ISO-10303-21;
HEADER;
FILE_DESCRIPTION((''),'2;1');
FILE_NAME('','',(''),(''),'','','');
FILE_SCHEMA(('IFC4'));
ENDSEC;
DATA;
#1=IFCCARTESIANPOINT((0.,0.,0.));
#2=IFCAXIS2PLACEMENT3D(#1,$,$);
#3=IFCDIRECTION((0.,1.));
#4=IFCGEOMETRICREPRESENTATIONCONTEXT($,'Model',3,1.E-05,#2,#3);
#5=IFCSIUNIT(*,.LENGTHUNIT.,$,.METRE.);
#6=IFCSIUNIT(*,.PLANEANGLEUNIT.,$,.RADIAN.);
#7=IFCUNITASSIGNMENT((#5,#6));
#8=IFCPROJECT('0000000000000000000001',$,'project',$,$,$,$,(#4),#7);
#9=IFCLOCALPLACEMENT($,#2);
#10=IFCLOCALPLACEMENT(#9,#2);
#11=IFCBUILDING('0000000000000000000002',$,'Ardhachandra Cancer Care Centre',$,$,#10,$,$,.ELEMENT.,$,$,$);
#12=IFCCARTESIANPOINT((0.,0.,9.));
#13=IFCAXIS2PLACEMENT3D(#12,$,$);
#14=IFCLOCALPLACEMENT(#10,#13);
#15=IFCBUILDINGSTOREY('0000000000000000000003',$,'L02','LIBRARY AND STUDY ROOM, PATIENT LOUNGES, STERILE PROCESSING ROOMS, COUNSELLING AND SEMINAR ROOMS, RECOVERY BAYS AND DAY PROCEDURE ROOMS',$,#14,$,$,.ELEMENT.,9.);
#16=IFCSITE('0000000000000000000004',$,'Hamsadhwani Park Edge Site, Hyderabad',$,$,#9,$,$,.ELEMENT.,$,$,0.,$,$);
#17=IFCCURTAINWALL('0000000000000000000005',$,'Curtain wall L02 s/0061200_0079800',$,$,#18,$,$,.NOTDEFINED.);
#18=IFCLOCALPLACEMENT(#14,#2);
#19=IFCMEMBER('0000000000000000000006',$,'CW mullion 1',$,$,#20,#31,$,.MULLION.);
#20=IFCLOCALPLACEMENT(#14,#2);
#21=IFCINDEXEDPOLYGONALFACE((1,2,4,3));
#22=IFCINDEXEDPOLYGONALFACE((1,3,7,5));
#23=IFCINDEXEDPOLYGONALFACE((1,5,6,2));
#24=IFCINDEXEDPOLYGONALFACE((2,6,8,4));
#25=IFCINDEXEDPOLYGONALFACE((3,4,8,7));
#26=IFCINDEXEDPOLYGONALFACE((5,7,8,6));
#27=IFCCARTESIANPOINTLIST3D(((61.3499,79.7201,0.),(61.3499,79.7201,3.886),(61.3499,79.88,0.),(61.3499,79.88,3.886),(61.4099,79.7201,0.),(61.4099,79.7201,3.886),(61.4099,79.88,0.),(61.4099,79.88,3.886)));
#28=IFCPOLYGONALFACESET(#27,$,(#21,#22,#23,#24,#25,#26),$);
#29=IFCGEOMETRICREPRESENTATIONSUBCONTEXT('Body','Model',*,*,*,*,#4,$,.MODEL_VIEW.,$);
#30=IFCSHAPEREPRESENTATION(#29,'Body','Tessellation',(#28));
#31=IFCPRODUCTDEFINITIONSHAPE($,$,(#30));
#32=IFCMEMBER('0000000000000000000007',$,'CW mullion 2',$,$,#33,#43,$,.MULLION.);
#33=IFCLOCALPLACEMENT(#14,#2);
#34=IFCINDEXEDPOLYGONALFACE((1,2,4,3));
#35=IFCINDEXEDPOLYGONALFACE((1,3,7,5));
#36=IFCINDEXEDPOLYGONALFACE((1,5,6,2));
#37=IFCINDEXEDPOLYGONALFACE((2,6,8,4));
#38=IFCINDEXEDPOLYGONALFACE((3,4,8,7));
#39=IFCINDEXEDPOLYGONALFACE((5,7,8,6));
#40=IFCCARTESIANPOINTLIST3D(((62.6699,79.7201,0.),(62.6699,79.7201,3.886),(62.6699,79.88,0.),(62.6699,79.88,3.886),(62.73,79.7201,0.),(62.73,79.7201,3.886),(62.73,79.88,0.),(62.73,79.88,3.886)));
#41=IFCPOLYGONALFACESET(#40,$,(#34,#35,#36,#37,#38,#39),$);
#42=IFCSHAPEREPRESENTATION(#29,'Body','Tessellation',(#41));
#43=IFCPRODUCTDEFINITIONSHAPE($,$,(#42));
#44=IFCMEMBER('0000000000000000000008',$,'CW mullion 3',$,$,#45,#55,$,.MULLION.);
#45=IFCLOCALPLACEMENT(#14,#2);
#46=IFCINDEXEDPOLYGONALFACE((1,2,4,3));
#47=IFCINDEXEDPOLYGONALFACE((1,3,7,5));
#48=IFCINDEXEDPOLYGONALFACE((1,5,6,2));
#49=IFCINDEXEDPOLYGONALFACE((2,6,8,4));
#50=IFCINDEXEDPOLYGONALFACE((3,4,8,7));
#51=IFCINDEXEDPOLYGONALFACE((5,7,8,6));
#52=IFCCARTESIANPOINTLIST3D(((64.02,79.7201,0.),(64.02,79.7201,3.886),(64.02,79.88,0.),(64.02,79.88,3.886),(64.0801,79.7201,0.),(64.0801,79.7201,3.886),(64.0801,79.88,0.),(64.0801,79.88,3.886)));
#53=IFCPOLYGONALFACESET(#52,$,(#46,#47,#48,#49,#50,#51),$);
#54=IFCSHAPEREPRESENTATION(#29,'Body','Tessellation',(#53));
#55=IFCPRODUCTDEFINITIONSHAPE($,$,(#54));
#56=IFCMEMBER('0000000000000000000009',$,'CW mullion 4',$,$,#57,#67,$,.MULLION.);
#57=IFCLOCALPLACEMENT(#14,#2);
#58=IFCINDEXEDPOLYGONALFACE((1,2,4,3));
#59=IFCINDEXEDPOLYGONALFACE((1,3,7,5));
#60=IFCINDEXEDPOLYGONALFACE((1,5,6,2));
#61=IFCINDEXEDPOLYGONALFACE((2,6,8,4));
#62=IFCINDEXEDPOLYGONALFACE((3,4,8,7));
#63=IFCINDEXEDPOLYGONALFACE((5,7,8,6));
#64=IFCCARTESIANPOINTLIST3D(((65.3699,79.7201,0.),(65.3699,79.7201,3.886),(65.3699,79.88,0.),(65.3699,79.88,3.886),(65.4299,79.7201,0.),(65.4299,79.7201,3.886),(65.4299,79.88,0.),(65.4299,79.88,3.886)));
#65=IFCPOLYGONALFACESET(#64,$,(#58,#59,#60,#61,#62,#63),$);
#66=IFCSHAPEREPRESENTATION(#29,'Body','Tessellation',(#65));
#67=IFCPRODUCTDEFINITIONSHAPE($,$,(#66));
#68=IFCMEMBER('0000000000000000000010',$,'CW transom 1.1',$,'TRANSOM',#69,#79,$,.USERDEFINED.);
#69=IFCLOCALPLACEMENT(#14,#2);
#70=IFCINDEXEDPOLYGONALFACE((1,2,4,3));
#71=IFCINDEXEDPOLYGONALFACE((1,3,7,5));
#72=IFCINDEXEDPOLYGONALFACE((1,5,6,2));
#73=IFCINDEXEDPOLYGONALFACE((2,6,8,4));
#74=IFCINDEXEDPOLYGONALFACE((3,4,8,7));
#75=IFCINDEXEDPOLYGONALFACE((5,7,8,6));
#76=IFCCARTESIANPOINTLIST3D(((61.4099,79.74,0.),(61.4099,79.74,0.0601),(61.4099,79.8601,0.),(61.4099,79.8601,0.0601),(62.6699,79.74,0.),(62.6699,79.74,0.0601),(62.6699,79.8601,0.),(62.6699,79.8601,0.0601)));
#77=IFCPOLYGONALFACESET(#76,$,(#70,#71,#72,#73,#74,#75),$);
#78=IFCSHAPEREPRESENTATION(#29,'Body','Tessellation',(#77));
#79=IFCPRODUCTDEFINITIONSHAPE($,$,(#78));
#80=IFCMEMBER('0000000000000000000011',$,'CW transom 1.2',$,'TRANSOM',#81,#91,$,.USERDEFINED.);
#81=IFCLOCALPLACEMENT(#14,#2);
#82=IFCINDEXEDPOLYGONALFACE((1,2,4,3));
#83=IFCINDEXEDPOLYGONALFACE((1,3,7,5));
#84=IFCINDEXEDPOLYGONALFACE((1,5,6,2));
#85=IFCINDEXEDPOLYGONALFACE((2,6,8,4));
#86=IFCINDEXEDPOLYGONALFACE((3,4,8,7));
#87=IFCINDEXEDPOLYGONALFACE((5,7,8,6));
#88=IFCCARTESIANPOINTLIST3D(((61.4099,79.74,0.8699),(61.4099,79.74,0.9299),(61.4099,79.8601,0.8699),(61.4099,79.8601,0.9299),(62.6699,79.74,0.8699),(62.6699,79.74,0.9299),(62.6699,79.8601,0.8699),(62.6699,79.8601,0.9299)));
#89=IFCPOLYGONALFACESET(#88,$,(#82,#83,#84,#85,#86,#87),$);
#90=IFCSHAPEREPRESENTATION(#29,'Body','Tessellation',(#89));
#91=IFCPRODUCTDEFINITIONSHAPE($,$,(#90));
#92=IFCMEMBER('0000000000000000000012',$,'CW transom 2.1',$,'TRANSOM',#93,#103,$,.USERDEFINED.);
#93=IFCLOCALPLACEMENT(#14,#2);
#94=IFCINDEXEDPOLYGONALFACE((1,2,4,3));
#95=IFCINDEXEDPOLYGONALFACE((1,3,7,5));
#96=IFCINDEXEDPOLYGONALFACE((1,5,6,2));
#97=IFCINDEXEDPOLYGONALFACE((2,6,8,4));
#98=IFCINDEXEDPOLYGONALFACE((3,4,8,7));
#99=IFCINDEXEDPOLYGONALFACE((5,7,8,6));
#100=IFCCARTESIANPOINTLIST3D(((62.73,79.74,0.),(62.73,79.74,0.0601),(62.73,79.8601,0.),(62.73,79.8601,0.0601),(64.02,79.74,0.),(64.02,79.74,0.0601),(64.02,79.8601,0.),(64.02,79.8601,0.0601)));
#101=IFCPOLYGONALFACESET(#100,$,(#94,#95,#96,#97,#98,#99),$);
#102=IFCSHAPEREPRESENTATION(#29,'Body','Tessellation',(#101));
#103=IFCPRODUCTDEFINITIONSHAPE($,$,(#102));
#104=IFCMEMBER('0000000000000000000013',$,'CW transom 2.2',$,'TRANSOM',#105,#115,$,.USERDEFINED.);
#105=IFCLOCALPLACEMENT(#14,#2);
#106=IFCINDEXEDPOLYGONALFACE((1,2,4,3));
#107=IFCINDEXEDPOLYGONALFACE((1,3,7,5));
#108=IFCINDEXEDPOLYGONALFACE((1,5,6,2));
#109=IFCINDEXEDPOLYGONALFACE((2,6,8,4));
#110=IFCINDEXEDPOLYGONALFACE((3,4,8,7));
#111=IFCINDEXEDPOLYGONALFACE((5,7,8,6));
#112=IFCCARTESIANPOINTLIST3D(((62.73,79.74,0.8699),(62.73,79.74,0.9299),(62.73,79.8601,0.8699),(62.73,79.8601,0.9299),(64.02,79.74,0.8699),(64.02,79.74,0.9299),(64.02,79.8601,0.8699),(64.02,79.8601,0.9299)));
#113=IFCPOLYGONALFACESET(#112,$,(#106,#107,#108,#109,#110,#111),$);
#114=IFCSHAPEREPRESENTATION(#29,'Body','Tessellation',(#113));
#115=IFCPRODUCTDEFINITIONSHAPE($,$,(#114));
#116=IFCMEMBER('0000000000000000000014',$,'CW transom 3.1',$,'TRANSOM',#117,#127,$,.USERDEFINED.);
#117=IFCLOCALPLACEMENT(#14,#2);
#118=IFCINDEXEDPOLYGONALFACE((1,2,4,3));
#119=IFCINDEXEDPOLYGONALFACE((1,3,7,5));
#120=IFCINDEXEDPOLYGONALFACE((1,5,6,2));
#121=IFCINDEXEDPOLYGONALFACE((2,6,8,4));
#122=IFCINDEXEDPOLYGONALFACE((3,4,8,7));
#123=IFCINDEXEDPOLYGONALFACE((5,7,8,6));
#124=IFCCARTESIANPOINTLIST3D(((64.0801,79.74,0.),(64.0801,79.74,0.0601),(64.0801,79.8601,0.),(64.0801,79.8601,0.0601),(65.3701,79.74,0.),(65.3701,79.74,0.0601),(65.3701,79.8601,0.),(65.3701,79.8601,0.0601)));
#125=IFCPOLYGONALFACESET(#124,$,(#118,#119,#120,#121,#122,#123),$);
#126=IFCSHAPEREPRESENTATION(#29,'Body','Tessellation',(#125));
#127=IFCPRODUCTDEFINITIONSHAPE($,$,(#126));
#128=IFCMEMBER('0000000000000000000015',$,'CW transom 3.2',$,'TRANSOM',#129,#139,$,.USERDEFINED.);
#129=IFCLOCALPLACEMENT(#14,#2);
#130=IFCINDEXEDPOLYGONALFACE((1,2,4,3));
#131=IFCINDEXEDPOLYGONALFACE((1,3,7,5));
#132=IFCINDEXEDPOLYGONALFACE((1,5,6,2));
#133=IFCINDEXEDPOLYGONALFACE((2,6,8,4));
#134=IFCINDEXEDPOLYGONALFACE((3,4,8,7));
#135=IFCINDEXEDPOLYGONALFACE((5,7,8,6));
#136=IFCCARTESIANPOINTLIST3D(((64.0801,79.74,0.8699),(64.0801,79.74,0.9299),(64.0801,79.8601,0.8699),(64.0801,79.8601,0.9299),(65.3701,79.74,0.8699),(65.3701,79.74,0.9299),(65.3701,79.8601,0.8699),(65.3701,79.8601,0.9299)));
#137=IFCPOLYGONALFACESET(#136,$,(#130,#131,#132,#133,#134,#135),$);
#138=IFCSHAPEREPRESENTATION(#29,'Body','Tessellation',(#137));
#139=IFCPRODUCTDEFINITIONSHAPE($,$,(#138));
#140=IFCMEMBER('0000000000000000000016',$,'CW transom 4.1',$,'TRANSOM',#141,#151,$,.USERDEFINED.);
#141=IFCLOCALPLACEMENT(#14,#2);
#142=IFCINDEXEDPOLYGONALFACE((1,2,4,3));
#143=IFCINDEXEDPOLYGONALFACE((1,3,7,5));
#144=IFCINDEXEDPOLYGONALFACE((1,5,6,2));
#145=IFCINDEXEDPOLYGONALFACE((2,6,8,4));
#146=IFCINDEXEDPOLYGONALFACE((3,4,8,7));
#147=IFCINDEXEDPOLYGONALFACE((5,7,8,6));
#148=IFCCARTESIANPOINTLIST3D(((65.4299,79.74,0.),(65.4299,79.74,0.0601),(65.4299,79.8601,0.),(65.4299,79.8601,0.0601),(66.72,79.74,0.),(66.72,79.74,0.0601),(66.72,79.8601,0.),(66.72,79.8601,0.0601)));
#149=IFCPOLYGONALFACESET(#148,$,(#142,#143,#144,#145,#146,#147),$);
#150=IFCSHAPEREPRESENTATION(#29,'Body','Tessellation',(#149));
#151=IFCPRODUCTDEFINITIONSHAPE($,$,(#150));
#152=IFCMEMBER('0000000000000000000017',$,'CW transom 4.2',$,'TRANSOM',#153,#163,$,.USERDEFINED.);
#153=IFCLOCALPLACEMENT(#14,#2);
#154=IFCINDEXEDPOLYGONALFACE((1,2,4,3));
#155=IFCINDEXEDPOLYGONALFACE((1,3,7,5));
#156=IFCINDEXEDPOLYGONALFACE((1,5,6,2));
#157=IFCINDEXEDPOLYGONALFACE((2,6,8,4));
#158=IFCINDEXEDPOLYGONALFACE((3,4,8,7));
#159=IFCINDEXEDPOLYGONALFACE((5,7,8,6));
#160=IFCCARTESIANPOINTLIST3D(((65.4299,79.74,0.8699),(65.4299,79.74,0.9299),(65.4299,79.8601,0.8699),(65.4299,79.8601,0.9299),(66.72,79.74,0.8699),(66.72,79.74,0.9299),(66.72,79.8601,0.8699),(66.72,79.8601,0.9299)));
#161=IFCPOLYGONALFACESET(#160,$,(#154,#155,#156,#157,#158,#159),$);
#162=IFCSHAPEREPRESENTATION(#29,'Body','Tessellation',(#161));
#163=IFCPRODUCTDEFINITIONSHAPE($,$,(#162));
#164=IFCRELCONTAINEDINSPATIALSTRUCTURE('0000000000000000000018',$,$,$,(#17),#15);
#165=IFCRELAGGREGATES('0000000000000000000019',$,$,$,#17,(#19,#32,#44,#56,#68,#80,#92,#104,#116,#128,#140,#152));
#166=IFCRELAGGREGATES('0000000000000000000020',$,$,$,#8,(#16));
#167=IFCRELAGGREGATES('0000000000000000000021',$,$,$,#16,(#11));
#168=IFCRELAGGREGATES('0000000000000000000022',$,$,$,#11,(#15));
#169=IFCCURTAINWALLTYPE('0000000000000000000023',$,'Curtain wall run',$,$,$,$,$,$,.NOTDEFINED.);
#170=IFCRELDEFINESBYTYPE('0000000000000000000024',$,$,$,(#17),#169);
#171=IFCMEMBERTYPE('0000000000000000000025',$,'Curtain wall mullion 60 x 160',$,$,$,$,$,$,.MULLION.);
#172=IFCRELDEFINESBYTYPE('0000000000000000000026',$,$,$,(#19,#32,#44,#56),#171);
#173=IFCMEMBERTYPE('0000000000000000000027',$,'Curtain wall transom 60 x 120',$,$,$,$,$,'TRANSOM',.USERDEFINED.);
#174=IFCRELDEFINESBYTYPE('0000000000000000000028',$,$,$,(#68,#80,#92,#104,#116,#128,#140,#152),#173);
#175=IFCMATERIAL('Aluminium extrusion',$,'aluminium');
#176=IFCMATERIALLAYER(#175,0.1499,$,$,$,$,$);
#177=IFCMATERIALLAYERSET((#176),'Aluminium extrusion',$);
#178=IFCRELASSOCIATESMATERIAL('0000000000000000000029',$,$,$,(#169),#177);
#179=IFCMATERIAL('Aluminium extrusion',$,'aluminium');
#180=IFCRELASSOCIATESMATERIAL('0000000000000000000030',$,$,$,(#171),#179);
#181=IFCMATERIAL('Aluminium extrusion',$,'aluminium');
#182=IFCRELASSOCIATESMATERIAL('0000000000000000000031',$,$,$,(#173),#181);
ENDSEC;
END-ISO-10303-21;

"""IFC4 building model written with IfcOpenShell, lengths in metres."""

from ifc_helpers import new_model, si_unit, direction, frame, origin, origin_2d, place, context, subcontext, project, spatial, rectangle, extrude, material, layer, layer_set, material_profile, profile_set, type_object, element, aggregate, save


model = new_model("IFC4")

# Units and contexts
model_context = context("Model", 3, precision=1e-05, world=origin(), true_north=direction((0.0, 1.0)))
body_context = subcontext(model_context, "Body", "Model", "MODEL_VIEW")
ifc_project = project(units=[si_unit("LENGTHUNIT", "METRE"), si_unit("PLANEANGLEUNIT", "RADIAN")], contexts=[model_context])

# Site, building, storey
site_placement = place(None, origin())
site = spatial("IfcSite", under=ifc_project, at=site_placement, Name="Hamsadhwani Park Edge Site, Hyderabad", CompositionType="ELEMENT", RefElevation=0.0)
building_placement = place(site_placement, origin())
building = spatial("IfcBuilding", under=site, at=building_placement, Name="Ardhachandra Cancer Care Centre", CompositionType="ELEMENT")
storey_placement = place(building_placement, frame((0.0, 0.0, 9.0)))
storey = spatial("IfcBuildingStorey", under=building, at=storey_placement, Name="L02", Description="LIBRARY AND STUDY ROOM, PATIENT LOUNGES, STERILE PROCESSING ROOMS, COUNSELLING AND SEMINAR ROOMS, RECOVERY BAYS AND DAY PROCEDURE ROOMS", CompositionType="ELEMENT", Elevation=9.0)

# Curtain wall, members
ifc_material_1 = material(Name="Aluminium extrusion", Category="aluminium")
ifc_layer_1 = layer(ifc_material_1, 0.1499)
ifc_layer_set_1 = layer_set([ifc_layer_1], Name="Aluminium extrusion")
curtain_wall_type = type_object("IfcCurtainWallType", Name="Curtain wall run", PredefinedType="NOTDEFINED", material=ifc_layer_set_1)
curtain_wall_placement = place(storey_placement, origin())
curtain_wall = element("IfcCurtainWall", 1, at=curtain_wall_placement, inside=storey, type_object=curtain_wall_type, Name="Curtain wall L02 s/0061200_0079800", PredefinedType="NOTDEFINED")
ifc_material_2 = material(Name="Aluminium extrusion", Category="aluminium")
ifc_material_profile_1 = material_profile(ifc_material_2, rectangle(XDim=0.1599, YDim=0.0601, at=origin_2d()), Name="Curtain wall mullion 60 x 160")
ifc_profile_set_1 = profile_set([ifc_material_profile_1], Name="Aluminium extrusion")
member_type_1 = type_object("IfcMemberType", Name="Curtain wall mullion 60 x 160", PredefinedType="MULLION", material=ifc_profile_set_1)
member_1_placement = place(storey_placement, frame((61.3799, 79.8, 0.0), z_axis=(0.0, 0.0, 1.0), x_axis=(0.0, 1.0, 0.0)))
member_1 = element("IfcMember", 2, at=member_1_placement, type_object=member_type_1, Name="CW mullion 1", PredefinedType="MULLION", context=body_context, shape_type="SweptSolid", body=[
    extrude(rectangle(XDim=0.1599, YDim=0.0601, at=origin_2d()), origin(), (0.0, 0.0, 1.0), 3.886),
])
member_2_placement = place(storey_placement, frame((62.7, 79.8, 0.0), z_axis=(0.0, 0.0, 1.0), x_axis=(0.0, 1.0, 0.0)))
member_2 = element("IfcMember", 3, at=member_2_placement, type_object=member_type_1, Name="CW mullion 2", PredefinedType="MULLION", context=body_context, shape_type="SweptSolid", body=[
    extrude(rectangle(XDim=0.1599, YDim=0.0601, at=origin_2d()), origin(), (0.0, 0.0, 1.0), 3.886),
])
member_3_placement = place(storey_placement, frame((64.05, 79.8, 0.0), z_axis=(0.0, 0.0, 1.0), x_axis=(0.0, 1.0, 0.0)))
member_3 = element("IfcMember", 4, at=member_3_placement, type_object=member_type_1, Name="CW mullion 3", PredefinedType="MULLION", context=body_context, shape_type="SweptSolid", body=[
    extrude(rectangle(XDim=0.1599, YDim=0.0601, at=origin_2d()), origin(), (0.0, 0.0, 1.0), 3.886),
])
member_4_placement = place(storey_placement, frame((65.3999, 79.8, 0.0), z_axis=(0.0, 0.0, 1.0), x_axis=(0.0, 1.0, 0.0)))
member_4 = element("IfcMember", 5, at=member_4_placement, type_object=member_type_1, Name="CW mullion 4", PredefinedType="MULLION", context=body_context, shape_type="SweptSolid", body=[
    extrude(rectangle(XDim=0.1599, YDim=0.0601, at=origin_2d()), origin(), (0.0, 0.0, 1.0), 3.886),
])
ifc_material_3 = material(Name="Aluminium extrusion", Category="aluminium")
ifc_material_profile_2 = material_profile(ifc_material_3, rectangle(XDim=0.1201, YDim=0.0601, at=origin_2d()), Name="Curtain wall transom 60 x 120")
ifc_profile_set_2 = profile_set([ifc_material_profile_2], Name="Aluminium extrusion")
member_type_2 = type_object("IfcMemberType", Name="Curtain wall transom 60 x 120", ElementType="TRANSOM", PredefinedType="USERDEFINED", material=ifc_profile_set_2)
member_5_placement = place(storey_placement, frame((61.4099, 79.8, 0.03), z_axis=(1.0, 0.0, 0.0), x_axis=(0.0, 1.0, 0.0)))
member_5 = element("IfcMember", 6, at=member_5_placement, type_object=member_type_2, Name="CW transom 1.1", ObjectType="TRANSOM", PredefinedType="USERDEFINED", context=body_context, shape_type="SweptSolid", body=[
    extrude(rectangle(XDim=0.1201, YDim=0.0601, at=origin_2d()), origin(), (0.0, 0.0, 1.0), 1.26),
])
member_6_placement = place(storey_placement, frame((61.4099, 79.8, 0.8999), z_axis=(1.0, 0.0, 0.0), x_axis=(0.0, 1.0, 0.0)))
member_6 = element("IfcMember", 7, at=member_6_placement, type_object=member_type_2, Name="CW transom 1.2", ObjectType="TRANSOM", PredefinedType="USERDEFINED", context=body_context, shape_type="SweptSolid", body=[
    extrude(rectangle(XDim=0.1201, YDim=0.0601, at=origin_2d()), origin(), (0.0, 0.0, 1.0), 1.26),
])
member_7_placement = place(storey_placement, frame((62.73, 79.8, 0.03), z_axis=(1.0, 0.0, 0.0), x_axis=(0.0, 1.0, 0.0)))
member_7 = element("IfcMember", 8, at=member_7_placement, type_object=member_type_2, Name="CW transom 2.1", ObjectType="TRANSOM", PredefinedType="USERDEFINED", context=body_context, shape_type="SweptSolid", body=[
    extrude(rectangle(XDim=0.1201, YDim=0.0601, at=origin_2d()), origin(), (0.0, 0.0, 1.0), 1.29),
])
member_8_placement = place(storey_placement, frame((62.73, 79.8, 0.8999), z_axis=(1.0, 0.0, 0.0), x_axis=(0.0, 1.0, 0.0)))
member_8 = element("IfcMember", 9, at=member_8_placement, type_object=member_type_2, Name="CW transom 2.2", ObjectType="TRANSOM", PredefinedType="USERDEFINED", context=body_context, shape_type="SweptSolid", body=[
    extrude(rectangle(XDim=0.1201, YDim=0.0601, at=origin_2d()), origin(), (0.0, 0.0, 1.0), 1.29),
])
member_9_placement = place(storey_placement, frame((64.0801, 79.8, 0.03), z_axis=(1.0, 0.0, 0.0), x_axis=(0.0, 1.0, 0.0)))
member_9 = element("IfcMember", 10, at=member_9_placement, type_object=member_type_2, Name="CW transom 3.1", ObjectType="TRANSOM", PredefinedType="USERDEFINED", context=body_context, shape_type="SweptSolid", body=[
    extrude(rectangle(XDim=0.1201, YDim=0.0601, at=origin_2d()), origin(), (0.0, 0.0, 1.0), 1.29),
])
member_10_placement = place(storey_placement, frame((64.0801, 79.8, 0.8999), z_axis=(1.0, 0.0, 0.0), x_axis=(0.0, 1.0, 0.0)))
member_10 = element("IfcMember", 11, at=member_10_placement, type_object=member_type_2, Name="CW transom 3.2", ObjectType="TRANSOM", PredefinedType="USERDEFINED", context=body_context, shape_type="SweptSolid", body=[
    extrude(rectangle(XDim=0.1201, YDim=0.0601, at=origin_2d()), origin(), (0.0, 0.0, 1.0), 1.29),
])
member_11_placement = place(storey_placement, frame((65.4299, 79.8, 0.03), z_axis=(1.0, 0.0, 0.0), x_axis=(0.0, 1.0, 0.0)))
member_11 = element("IfcMember", 12, at=member_11_placement, type_object=member_type_2, Name="CW transom 4.1", ObjectType="TRANSOM", PredefinedType="USERDEFINED", context=body_context, shape_type="SweptSolid", body=[
    extrude(rectangle(XDim=0.1201, YDim=0.0601, at=origin_2d()), origin(), (0.0, 0.0, 1.0), 1.29),
])
member_12_placement = place(storey_placement, frame((65.4299, 79.8, 0.8999), z_axis=(1.0, 0.0, 0.0), x_axis=(0.0, 1.0, 0.0)))
member_12 = element("IfcMember", 13, at=member_12_placement, type_object=member_type_2, Name="CW transom 4.2", ObjectType="TRANSOM", PredefinedType="USERDEFINED", context=body_context, shape_type="SweptSolid", body=[
    extrude(rectangle(XDim=0.1201, YDim=0.0601, at=origin_2d()), origin(), (0.0, 0.0, 1.0), 1.29),
])

aggregate(curtain_wall, [member_1, member_2, member_3, member_4, member_5, member_6, member_7, member_8, member_9, member_10, member_11, member_12])

save(model, "model.ifc")
